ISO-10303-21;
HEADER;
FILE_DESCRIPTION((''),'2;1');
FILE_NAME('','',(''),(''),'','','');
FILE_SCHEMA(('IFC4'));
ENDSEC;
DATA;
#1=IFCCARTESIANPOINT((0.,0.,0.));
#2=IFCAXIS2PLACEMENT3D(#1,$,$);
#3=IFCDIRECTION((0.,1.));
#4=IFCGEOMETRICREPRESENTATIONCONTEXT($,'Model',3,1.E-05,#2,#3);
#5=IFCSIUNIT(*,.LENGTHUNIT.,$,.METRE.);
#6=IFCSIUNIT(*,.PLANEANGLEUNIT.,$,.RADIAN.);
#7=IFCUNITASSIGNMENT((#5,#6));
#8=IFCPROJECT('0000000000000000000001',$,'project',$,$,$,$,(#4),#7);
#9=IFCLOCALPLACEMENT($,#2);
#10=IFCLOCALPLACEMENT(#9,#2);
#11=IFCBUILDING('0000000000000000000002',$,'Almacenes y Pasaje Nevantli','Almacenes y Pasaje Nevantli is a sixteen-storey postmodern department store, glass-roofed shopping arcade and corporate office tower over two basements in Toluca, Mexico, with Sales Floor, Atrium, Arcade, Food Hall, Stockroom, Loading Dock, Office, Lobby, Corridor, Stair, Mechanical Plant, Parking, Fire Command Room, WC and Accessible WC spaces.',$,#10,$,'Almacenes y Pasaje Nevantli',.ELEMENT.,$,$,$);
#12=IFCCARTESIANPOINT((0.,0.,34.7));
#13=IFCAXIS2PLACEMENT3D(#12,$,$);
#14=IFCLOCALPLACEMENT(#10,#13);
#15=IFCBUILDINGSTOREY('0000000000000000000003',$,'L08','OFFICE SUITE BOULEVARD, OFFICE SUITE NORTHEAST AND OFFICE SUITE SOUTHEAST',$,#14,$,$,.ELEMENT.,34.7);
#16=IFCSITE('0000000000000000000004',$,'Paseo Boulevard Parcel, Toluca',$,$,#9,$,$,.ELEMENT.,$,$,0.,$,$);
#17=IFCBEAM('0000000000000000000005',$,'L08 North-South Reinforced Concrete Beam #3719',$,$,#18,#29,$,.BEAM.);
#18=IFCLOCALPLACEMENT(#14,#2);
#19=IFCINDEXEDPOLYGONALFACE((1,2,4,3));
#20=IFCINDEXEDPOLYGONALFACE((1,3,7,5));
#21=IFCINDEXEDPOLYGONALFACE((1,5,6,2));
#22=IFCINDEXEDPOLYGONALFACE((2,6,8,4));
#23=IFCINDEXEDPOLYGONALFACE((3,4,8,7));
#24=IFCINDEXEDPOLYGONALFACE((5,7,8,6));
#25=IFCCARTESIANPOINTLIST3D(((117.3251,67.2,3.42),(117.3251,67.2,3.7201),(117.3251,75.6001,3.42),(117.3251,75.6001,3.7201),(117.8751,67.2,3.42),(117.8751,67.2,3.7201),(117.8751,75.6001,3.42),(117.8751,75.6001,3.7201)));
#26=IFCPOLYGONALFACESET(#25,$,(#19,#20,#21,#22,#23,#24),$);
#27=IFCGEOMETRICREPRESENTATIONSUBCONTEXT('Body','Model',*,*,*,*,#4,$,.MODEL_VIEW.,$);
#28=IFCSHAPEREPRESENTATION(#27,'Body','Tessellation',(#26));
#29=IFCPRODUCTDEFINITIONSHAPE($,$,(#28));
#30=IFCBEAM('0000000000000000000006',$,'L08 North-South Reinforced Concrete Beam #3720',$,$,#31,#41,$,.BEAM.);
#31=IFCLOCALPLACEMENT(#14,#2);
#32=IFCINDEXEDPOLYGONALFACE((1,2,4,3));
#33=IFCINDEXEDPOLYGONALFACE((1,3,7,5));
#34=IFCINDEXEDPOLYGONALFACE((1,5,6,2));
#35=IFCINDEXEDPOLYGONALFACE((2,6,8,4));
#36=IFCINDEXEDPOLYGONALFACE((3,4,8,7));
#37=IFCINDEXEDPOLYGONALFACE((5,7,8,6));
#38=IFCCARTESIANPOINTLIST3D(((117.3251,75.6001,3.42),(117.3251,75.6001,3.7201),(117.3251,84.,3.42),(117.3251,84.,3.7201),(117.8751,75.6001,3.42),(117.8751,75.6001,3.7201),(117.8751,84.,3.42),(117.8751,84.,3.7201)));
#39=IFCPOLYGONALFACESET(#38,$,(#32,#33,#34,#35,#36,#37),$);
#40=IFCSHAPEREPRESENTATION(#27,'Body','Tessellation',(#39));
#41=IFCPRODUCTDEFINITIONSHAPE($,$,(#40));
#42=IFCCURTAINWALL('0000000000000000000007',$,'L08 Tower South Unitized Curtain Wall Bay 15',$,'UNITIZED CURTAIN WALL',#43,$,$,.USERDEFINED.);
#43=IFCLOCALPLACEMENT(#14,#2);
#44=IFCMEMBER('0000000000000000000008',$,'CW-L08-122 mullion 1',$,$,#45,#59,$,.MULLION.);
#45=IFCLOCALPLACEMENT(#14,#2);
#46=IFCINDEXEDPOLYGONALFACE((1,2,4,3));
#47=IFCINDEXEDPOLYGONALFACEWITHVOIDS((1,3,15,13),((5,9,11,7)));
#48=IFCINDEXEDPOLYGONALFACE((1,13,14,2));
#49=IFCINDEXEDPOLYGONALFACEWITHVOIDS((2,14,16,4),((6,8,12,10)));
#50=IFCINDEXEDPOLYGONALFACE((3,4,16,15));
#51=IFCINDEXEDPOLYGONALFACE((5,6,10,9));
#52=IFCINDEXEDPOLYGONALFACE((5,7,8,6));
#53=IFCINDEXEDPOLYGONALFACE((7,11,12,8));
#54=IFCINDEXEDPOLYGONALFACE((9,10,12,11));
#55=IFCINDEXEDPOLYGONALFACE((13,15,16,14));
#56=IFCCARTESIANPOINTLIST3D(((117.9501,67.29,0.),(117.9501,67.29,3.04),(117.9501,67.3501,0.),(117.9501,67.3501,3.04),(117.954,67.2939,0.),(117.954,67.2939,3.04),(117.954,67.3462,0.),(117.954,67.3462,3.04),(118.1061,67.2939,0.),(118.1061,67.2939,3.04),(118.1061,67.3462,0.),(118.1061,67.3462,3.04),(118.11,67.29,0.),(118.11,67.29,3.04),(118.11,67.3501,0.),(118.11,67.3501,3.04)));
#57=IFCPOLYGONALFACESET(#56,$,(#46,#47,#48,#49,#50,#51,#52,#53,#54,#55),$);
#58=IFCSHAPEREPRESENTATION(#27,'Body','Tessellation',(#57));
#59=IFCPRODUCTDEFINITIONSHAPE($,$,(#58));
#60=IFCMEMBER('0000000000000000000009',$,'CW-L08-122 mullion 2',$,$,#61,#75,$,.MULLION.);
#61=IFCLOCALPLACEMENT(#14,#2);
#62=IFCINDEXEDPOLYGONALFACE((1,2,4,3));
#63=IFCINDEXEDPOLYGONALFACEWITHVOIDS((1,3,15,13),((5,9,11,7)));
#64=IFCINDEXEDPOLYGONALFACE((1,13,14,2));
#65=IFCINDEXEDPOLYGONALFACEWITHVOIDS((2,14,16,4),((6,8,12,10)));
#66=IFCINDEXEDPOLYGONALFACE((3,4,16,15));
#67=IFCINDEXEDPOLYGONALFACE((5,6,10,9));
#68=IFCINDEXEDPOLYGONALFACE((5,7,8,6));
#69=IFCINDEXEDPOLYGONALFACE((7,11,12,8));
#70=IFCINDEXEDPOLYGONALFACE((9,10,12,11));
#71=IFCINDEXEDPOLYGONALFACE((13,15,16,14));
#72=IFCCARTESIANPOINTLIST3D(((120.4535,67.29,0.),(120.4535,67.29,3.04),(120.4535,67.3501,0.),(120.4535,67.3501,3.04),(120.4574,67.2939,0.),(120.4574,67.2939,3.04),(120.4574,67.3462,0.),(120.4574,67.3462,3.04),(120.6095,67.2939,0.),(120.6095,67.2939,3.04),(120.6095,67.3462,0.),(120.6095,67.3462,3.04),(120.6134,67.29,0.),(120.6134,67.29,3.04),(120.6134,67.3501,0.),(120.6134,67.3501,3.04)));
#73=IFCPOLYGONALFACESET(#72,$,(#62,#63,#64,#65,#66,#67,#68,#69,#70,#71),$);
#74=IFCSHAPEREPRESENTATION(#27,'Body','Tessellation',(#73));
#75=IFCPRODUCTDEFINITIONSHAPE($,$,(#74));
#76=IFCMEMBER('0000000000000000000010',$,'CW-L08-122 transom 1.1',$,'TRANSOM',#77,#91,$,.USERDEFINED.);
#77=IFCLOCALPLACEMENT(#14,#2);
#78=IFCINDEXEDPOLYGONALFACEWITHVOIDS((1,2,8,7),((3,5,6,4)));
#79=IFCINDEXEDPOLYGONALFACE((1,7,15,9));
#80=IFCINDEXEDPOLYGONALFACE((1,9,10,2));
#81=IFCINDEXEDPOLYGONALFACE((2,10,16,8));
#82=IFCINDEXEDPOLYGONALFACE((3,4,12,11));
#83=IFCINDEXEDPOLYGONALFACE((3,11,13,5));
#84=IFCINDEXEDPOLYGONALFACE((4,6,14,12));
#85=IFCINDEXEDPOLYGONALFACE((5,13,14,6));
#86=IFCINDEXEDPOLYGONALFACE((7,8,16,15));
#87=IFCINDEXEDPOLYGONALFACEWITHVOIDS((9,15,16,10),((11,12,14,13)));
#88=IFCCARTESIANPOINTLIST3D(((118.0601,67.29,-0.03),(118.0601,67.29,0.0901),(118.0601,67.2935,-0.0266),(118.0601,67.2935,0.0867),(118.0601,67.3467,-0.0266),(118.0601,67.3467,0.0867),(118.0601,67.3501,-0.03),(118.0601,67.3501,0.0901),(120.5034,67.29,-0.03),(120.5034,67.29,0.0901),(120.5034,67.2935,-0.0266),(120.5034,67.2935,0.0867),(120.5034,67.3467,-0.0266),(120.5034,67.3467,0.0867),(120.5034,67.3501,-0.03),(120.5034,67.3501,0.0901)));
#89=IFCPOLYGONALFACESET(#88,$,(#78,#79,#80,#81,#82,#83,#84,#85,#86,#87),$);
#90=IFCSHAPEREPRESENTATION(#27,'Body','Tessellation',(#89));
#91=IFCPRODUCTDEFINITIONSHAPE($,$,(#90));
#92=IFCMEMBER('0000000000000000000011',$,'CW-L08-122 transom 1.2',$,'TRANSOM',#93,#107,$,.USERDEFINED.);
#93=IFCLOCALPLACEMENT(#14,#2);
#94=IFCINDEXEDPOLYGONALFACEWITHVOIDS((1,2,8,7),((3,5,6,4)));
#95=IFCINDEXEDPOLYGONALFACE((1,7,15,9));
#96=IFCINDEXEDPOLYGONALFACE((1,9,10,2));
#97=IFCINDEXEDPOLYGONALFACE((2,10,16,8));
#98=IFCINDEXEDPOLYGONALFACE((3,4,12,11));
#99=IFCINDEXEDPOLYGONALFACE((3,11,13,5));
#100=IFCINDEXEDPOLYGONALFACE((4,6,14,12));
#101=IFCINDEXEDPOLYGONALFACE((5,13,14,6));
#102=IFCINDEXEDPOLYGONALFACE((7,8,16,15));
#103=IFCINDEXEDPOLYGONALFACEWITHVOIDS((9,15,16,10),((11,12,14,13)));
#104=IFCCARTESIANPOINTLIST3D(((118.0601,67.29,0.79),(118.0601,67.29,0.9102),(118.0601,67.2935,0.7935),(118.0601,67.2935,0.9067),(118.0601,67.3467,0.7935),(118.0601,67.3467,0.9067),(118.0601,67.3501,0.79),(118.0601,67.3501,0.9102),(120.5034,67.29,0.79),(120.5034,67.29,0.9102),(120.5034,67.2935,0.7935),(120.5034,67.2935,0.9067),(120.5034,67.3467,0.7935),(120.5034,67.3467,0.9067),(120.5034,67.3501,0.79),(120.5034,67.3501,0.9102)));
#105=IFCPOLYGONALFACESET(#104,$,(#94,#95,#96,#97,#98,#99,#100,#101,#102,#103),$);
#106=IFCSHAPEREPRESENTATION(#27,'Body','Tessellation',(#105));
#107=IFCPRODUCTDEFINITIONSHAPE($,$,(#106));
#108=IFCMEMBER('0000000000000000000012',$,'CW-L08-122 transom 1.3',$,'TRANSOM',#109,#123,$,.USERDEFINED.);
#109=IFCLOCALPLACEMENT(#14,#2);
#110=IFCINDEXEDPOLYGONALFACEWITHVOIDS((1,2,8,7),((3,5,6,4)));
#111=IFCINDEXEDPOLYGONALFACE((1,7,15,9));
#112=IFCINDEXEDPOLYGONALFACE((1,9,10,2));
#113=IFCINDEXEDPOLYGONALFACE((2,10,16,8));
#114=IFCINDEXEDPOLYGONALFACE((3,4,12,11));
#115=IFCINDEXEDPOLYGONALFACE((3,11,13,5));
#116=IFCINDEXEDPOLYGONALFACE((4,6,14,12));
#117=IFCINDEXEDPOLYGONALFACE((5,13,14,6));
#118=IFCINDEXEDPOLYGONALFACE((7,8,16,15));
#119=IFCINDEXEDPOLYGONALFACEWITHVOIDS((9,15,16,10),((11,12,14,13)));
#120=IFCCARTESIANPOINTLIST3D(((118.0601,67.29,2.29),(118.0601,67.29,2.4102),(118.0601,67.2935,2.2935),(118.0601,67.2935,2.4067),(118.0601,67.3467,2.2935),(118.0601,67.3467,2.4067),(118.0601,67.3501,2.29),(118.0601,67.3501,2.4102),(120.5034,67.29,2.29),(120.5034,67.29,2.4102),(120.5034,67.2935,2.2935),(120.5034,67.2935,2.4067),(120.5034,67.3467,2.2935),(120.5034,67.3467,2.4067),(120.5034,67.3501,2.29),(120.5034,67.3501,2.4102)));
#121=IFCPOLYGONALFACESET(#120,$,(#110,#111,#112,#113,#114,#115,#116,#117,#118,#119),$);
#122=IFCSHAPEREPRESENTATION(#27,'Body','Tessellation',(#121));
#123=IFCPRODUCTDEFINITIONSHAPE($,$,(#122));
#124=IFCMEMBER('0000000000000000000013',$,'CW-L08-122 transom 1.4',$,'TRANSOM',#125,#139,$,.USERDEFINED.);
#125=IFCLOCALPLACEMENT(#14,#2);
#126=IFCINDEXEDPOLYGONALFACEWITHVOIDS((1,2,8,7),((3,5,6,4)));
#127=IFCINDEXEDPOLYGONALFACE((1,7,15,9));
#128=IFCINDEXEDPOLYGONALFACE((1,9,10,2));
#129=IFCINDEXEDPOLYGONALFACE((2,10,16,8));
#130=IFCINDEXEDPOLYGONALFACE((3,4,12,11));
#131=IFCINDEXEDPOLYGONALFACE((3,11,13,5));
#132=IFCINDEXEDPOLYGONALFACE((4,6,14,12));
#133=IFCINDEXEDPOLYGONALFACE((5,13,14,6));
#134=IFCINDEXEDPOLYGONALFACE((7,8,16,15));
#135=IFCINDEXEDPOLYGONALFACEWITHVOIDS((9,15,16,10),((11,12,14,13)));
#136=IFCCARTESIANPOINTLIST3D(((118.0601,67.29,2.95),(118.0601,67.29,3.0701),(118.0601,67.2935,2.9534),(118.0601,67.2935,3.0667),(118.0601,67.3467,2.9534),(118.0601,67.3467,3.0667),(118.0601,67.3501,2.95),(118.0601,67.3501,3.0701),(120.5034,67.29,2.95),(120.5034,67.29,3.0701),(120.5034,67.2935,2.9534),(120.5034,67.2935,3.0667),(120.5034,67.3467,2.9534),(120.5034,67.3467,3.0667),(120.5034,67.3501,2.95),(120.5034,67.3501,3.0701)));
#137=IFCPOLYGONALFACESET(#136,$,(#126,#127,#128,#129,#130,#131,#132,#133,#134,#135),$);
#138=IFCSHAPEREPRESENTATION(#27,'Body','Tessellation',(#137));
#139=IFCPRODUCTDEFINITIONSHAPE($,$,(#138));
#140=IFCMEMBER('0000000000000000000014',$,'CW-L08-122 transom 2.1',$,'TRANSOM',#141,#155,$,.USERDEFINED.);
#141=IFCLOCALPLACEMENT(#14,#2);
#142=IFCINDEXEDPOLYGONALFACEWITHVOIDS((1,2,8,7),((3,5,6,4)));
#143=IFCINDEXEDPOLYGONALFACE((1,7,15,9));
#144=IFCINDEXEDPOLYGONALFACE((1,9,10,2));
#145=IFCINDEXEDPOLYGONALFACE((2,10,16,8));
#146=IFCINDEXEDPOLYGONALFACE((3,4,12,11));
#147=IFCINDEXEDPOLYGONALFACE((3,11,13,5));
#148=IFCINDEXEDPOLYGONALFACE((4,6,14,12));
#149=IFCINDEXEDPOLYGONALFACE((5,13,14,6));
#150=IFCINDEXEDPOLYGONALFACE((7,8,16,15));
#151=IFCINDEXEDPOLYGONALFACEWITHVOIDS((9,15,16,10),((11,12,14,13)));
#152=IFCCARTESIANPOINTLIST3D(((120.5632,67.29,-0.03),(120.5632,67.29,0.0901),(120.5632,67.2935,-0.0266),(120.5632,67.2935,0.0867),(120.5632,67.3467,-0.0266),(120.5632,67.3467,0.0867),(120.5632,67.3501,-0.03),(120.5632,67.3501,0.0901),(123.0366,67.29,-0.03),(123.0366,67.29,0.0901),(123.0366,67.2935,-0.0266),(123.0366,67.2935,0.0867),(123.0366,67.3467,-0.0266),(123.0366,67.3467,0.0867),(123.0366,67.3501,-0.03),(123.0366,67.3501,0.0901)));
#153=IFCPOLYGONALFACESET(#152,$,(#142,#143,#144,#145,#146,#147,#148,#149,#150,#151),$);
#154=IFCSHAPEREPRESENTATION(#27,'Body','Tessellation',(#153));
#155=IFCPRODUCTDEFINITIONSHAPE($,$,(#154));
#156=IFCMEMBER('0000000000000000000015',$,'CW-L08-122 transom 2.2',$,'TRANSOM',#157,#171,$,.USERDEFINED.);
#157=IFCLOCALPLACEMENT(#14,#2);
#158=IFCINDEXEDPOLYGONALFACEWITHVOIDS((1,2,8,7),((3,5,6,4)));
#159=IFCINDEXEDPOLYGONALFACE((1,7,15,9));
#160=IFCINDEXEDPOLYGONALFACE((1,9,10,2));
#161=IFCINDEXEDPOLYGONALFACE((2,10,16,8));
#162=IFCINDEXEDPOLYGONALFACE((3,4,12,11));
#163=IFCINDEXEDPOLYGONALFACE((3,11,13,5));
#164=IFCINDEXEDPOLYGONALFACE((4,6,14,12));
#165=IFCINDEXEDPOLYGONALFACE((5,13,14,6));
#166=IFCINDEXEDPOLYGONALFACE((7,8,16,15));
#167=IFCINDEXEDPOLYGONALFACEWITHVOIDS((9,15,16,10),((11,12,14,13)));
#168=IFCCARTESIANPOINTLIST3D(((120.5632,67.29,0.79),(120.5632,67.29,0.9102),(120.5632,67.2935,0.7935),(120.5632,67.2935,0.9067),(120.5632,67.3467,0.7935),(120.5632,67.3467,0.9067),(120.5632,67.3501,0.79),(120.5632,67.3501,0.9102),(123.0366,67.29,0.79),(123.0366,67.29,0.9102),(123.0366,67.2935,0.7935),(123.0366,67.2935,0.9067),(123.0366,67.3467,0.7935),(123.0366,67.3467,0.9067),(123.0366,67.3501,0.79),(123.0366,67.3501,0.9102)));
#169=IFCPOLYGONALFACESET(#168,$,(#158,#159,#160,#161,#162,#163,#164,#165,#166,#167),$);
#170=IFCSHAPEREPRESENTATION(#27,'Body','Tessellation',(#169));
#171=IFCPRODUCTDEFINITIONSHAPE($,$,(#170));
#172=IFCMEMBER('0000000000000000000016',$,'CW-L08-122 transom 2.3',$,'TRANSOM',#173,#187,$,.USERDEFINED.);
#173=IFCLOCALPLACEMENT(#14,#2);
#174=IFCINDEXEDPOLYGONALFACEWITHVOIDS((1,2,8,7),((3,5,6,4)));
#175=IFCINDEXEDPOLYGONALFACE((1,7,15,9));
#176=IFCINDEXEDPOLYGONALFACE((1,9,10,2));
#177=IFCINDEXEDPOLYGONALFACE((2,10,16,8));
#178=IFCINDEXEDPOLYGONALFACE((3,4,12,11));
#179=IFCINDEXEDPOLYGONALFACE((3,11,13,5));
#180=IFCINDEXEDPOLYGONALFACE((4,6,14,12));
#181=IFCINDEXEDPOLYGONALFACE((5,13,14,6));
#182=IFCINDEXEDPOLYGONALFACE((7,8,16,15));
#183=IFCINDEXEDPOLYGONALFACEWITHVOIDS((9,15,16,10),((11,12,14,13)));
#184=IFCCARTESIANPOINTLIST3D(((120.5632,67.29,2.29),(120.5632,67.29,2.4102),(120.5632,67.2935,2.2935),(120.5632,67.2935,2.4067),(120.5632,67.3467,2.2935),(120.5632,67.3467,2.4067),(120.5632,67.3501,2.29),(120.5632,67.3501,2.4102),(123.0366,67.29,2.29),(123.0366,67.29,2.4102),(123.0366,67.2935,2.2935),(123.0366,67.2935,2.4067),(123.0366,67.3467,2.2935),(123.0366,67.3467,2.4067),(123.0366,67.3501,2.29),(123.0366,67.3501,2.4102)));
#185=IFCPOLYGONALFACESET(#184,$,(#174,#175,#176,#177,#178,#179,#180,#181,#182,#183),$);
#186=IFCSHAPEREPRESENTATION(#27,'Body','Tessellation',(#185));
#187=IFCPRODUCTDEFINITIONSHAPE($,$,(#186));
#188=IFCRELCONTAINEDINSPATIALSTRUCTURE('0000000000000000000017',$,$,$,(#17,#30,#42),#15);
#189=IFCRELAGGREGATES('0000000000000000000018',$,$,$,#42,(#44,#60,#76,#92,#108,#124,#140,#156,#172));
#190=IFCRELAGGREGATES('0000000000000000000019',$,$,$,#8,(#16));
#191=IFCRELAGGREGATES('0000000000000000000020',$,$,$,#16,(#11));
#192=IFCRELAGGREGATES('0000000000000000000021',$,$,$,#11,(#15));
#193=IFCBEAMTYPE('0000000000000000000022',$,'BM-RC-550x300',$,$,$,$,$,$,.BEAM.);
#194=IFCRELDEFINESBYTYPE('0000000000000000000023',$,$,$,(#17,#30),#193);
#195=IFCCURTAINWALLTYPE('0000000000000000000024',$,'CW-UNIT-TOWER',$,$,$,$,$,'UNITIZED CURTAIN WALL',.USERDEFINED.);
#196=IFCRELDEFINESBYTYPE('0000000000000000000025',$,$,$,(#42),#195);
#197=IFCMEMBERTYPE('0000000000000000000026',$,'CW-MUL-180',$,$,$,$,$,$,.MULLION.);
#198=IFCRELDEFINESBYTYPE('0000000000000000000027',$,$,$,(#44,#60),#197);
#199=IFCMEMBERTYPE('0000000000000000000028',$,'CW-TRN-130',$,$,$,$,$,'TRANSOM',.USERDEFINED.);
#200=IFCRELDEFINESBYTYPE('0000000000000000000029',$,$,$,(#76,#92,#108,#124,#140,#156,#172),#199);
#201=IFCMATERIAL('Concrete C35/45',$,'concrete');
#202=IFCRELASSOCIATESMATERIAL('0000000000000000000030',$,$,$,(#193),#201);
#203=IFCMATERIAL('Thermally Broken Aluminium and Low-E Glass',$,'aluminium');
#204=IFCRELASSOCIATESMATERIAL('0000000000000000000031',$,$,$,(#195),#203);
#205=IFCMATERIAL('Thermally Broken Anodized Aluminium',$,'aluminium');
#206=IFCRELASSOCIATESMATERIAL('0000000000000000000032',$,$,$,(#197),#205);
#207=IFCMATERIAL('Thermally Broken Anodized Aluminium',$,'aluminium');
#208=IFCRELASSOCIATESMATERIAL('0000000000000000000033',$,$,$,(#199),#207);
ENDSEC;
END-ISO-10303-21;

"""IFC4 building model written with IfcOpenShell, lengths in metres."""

from ifc_helpers import new_model, si_unit, direction, frame, origin, origin_2d, place, context, subcontext, project, spatial, rectangle, hollow_rectangle, extrude, material, material_profile, profile_set, type_object, element, aggregate, save


model = new_model("IFC4")

# Units and contexts
model_context = context("Model", 3, precision=1e-05, world=origin(), true_north=direction((0.0, 1.0)))
body_context = subcontext(model_context, "Body", "Model", "MODEL_VIEW")
ifc_project = project(units=[si_unit("LENGTHUNIT", "METRE"), si_unit("PLANEANGLEUNIT", "RADIAN")], contexts=[model_context])

# Site, building, storey
site_placement = place(None, origin())
site = spatial("IfcSite", under=ifc_project, at=site_placement, Name="Paseo Boulevard Parcel, Toluca", CompositionType="ELEMENT", RefElevation=0.0)
building_placement = place(site_placement, origin())
building = spatial("IfcBuilding", under=site, at=building_placement, Name="Almacenes y Pasaje Nevantli", Description="Almacenes y Pasaje Nevantli is a sixteen-storey postmodern department store, glass-roofed shopping arcade and corporate office tower over two basements in Toluca, Mexico, with Sales Floor, Atrium, Arcade, Food Hall, Stockroom, Loading Dock, Office, Lobby, Corridor, Stair, Mechanical Plant, Parking, Fire Command Room, WC and Accessible WC spaces.", LongName="Almacenes y Pasaje Nevantli", CompositionType="ELEMENT")
storey_placement = place(building_placement, frame((0.0, 0.0, 34.7)))
storey = spatial("IfcBuildingStorey", under=building, at=storey_placement, Name="L08", Description="OFFICE SUITE BOULEVARD, OFFICE SUITE NORTHEAST AND OFFICE SUITE SOUTHEAST", CompositionType="ELEMENT", Elevation=34.7)

# Beams
ifc_material_1 = material(Name="Concrete C35/45", Category="concrete")
ifc_material_profile_1 = material_profile(ifc_material_1, rectangle(XDim=0.55, YDim=0.3, at=origin_2d()), Name="RC-BM-550x300")
ifc_profile_set_1 = profile_set([ifc_material_profile_1], Name="Concrete C35/45")
beam_type = type_object("IfcBeamType", Name="BM-RC-550x300", PredefinedType="BEAM", material=ifc_profile_set_1)
beam_1_placement = place(storey_placement, frame((117.6001, 67.2, 3.5701), z_axis=(0.0, 1.0, 0.0), x_axis=(-1.0, 0.0, 0.0)))
element("IfcBeam", 1, at=beam_1_placement, inside=storey, type_object=beam_type, Name="L08 North-South Reinforced Concrete Beam #3719", PredefinedType="BEAM", context=body_context, shape_type="SweptSolid", body=[
    extrude(rectangle(XDim=0.55, YDim=0.3, at=origin_2d()), origin(), (0.0, 0.0, 1.0), 8.4001),
])
beam_2_placement = place(storey_placement, frame((117.6001, 75.6001, 3.5701), z_axis=(0.0, 1.0, 0.0), x_axis=(-1.0, 0.0, 0.0)))
element("IfcBeam", 2, at=beam_2_placement, inside=storey, type_object=beam_type, Name="L08 North-South Reinforced Concrete Beam #3720", PredefinedType="BEAM", context=body_context, shape_type="SweptSolid", body=[
    extrude(rectangle(XDim=0.55, YDim=0.3, at=origin_2d()), origin(), (0.0, 0.0, 1.0), 8.3999),
])

# Curtain wall, members
ifc_material_2 = material(Name="Thermally Broken Aluminium and Low-E Glass", Category="aluminium")
curtain_wall_type = type_object("IfcCurtainWallType", Name="CW-UNIT-TOWER", ElementType="UNITIZED CURTAIN WALL", PredefinedType="USERDEFINED", material=ifc_material_2)
curtain_wall_placement = place(storey_placement, origin())
curtain_wall = element("IfcCurtainWall", 3, at=curtain_wall_placement, inside=storey, type_object=curtain_wall_type, Name="L08 Tower South Unitized Curtain Wall Bay 15", ObjectType="UNITIZED CURTAIN WALL", PredefinedType="USERDEFINED")
ifc_material_3 = material(Name="Thermally Broken Anodized Aluminium", Category="aluminium")
ifc_material_profile_2 = material_profile(ifc_material_3, hollow_rectangle(XDim=0.0601, YDim=0.1599, WallThickness=0.0039, at=origin_2d()), Name="ALU-MUL-60x160")
ifc_profile_set_2 = profile_set([ifc_material_profile_2], Name="Thermally Broken Anodized Aluminium")
member_type_1 = type_object("IfcMemberType", Name="CW-MUL-180", PredefinedType="MULLION", material=ifc_profile_set_2)
member_1_placement = place(storey_placement, frame((118.03, 67.3201, 0.0), z_axis=(0.0, 0.0, 1.0), x_axis=(0.0, 1.0, 0.0)))
member_1 = element("IfcMember", 4, at=member_1_placement, type_object=member_type_1, Name="CW-L08-122 mullion 1", PredefinedType="MULLION", context=body_context, shape_type="SweptSolid", body=[
    extrude(hollow_rectangle(XDim=0.0601, YDim=0.1599, WallThickness=0.0039, at=origin_2d()), origin(), (0.0, 0.0, 1.0), 3.04),
])
member_2_placement = place(storey_placement, frame((120.5334, 67.3201, 0.0), z_axis=(0.0, 0.0, 1.0), x_axis=(0.0, 1.0, 0.0)))
member_2 = element("IfcMember", 5, at=member_2_placement, type_object=member_type_1, Name="CW-L08-122 mullion 2", PredefinedType="MULLION", context=body_context, shape_type="SweptSolid", body=[
    extrude(hollow_rectangle(XDim=0.0601, YDim=0.1599, WallThickness=0.0039, at=origin_2d()), origin(), (0.0, 0.0, 1.0), 3.04),
])
ifc_material_4 = material(Name="Thermally Broken Anodized Aluminium", Category="aluminium")
ifc_material_profile_3 = material_profile(ifc_material_4, hollow_rectangle(XDim=0.0601, YDim=0.1201, WallThickness=0.0034, at=origin_2d()), Name="ALU-TRN-60x120")
ifc_profile_set_3 = profile_set([ifc_material_profile_3], Name="Thermally Broken Anodized Aluminium")
member_type_2 = type_object("IfcMemberType", Name="CW-TRN-130", ElementType="TRANSOM", PredefinedType="USERDEFINED", material=ifc_profile_set_3)
member_3_placement = place(storey_placement, frame((118.0601, 67.3201, 0.03), z_axis=(1.0, 0.0, 0.0), x_axis=(0.0, 1.0, 0.0)))
member_3 = element("IfcMember", 6, at=member_3_placement, type_object=member_type_2, Name="CW-L08-122 transom 1.1", ObjectType="TRANSOM", PredefinedType="USERDEFINED", context=body_context, shape_type="SweptSolid", body=[
    extrude(hollow_rectangle(XDim=0.0601, YDim=0.1201, WallThickness=0.0034, at=origin_2d()), origin(), (0.0, 0.0, 1.0), 2.4434),
])
member_4_placement = place(storey_placement, frame((118.0601, 67.3201, 0.8501), z_axis=(1.0, 0.0, 0.0), x_axis=(0.0, 1.0, 0.0)))
member_4 = element("IfcMember", 7, at=member_4_placement, type_object=member_type_2, Name="CW-L08-122 transom 1.2", ObjectType="TRANSOM", PredefinedType="USERDEFINED", context=body_context, shape_type="SweptSolid", body=[
    extrude(hollow_rectangle(XDim=0.0601, YDim=0.1201, WallThickness=0.0034, at=origin_2d()), origin(), (0.0, 0.0, 1.0), 2.4434),
])
member_5_placement = place(storey_placement, frame((118.0601, 67.3201, 2.3501), z_axis=(1.0, 0.0, 0.0), x_axis=(0.0, 1.0, 0.0)))
member_5 = element("IfcMember", 8, at=member_5_placement, type_object=member_type_2, Name="CW-L08-122 transom 1.3", ObjectType="TRANSOM", PredefinedType="USERDEFINED", context=body_context, shape_type="SweptSolid", body=[
    extrude(hollow_rectangle(XDim=0.0601, YDim=0.1201, WallThickness=0.0034, at=origin_2d()), origin(), (0.0, 0.0, 1.0), 2.4434),
])
member_6_placement = place(storey_placement, frame((118.0601, 67.3201, 3.01), z_axis=(1.0, 0.0, 0.0), x_axis=(0.0, 1.0, 0.0)))
member_6 = element("IfcMember", 9, at=member_6_placement, type_object=member_type_2, Name="CW-L08-122 transom 1.4", ObjectType="TRANSOM", PredefinedType="USERDEFINED", context=body_context, shape_type="SweptSolid", body=[
    extrude(hollow_rectangle(XDim=0.0601, YDim=0.1201, WallThickness=0.0034, at=origin_2d()), origin(), (0.0, 0.0, 1.0), 2.4434),
])
member_7_placement = place(storey_placement, frame((120.5632, 67.3201, 0.03), z_axis=(1.0, 0.0, 0.0), x_axis=(0.0, 1.0, 0.0)))
member_7 = element("IfcMember", 10, at=member_7_placement, type_object=member_type_2, Name="CW-L08-122 transom 2.1", ObjectType="TRANSOM", PredefinedType="USERDEFINED", context=body_context, shape_type="SweptSolid", body=[
    extrude(hollow_rectangle(XDim=0.0601, YDim=0.1201, WallThickness=0.0034, at=origin_2d()), origin(), (0.0, 0.0, 1.0), 2.4734),
])
member_8_placement = place(storey_placement, frame((120.5632, 67.3201, 0.8501), z_axis=(1.0, 0.0, 0.0), x_axis=(0.0, 1.0, 0.0)))
member_8 = element("IfcMember", 11, at=member_8_placement, type_object=member_type_2, Name="CW-L08-122 transom 2.2", ObjectType="TRANSOM", PredefinedType="USERDEFINED", context=body_context, shape_type="SweptSolid", body=[
    extrude(hollow_rectangle(XDim=0.0601, YDim=0.1201, WallThickness=0.0034, at=origin_2d()), origin(), (0.0, 0.0, 1.0), 2.4734),
])
member_9_placement = place(storey_placement, frame((120.5632, 67.3201, 2.3501), z_axis=(1.0, 0.0, 0.0), x_axis=(0.0, 1.0, 0.0)))
member_9 = element("IfcMember", 12, at=member_9_placement, type_object=member_type_2, Name="CW-L08-122 transom 2.3", ObjectType="TRANSOM", PredefinedType="USERDEFINED", context=body_context, shape_type="SweptSolid", body=[
    extrude(hollow_rectangle(XDim=0.0601, YDim=0.1201, WallThickness=0.0034, at=origin_2d()), origin(), (0.0, 0.0, 1.0), 2.4734),
])
aggregate(curtain_wall, [member_1, member_2, member_3, member_4, member_5, member_6, member_7, member_8, member_9])

save(model, "model.ifc")
